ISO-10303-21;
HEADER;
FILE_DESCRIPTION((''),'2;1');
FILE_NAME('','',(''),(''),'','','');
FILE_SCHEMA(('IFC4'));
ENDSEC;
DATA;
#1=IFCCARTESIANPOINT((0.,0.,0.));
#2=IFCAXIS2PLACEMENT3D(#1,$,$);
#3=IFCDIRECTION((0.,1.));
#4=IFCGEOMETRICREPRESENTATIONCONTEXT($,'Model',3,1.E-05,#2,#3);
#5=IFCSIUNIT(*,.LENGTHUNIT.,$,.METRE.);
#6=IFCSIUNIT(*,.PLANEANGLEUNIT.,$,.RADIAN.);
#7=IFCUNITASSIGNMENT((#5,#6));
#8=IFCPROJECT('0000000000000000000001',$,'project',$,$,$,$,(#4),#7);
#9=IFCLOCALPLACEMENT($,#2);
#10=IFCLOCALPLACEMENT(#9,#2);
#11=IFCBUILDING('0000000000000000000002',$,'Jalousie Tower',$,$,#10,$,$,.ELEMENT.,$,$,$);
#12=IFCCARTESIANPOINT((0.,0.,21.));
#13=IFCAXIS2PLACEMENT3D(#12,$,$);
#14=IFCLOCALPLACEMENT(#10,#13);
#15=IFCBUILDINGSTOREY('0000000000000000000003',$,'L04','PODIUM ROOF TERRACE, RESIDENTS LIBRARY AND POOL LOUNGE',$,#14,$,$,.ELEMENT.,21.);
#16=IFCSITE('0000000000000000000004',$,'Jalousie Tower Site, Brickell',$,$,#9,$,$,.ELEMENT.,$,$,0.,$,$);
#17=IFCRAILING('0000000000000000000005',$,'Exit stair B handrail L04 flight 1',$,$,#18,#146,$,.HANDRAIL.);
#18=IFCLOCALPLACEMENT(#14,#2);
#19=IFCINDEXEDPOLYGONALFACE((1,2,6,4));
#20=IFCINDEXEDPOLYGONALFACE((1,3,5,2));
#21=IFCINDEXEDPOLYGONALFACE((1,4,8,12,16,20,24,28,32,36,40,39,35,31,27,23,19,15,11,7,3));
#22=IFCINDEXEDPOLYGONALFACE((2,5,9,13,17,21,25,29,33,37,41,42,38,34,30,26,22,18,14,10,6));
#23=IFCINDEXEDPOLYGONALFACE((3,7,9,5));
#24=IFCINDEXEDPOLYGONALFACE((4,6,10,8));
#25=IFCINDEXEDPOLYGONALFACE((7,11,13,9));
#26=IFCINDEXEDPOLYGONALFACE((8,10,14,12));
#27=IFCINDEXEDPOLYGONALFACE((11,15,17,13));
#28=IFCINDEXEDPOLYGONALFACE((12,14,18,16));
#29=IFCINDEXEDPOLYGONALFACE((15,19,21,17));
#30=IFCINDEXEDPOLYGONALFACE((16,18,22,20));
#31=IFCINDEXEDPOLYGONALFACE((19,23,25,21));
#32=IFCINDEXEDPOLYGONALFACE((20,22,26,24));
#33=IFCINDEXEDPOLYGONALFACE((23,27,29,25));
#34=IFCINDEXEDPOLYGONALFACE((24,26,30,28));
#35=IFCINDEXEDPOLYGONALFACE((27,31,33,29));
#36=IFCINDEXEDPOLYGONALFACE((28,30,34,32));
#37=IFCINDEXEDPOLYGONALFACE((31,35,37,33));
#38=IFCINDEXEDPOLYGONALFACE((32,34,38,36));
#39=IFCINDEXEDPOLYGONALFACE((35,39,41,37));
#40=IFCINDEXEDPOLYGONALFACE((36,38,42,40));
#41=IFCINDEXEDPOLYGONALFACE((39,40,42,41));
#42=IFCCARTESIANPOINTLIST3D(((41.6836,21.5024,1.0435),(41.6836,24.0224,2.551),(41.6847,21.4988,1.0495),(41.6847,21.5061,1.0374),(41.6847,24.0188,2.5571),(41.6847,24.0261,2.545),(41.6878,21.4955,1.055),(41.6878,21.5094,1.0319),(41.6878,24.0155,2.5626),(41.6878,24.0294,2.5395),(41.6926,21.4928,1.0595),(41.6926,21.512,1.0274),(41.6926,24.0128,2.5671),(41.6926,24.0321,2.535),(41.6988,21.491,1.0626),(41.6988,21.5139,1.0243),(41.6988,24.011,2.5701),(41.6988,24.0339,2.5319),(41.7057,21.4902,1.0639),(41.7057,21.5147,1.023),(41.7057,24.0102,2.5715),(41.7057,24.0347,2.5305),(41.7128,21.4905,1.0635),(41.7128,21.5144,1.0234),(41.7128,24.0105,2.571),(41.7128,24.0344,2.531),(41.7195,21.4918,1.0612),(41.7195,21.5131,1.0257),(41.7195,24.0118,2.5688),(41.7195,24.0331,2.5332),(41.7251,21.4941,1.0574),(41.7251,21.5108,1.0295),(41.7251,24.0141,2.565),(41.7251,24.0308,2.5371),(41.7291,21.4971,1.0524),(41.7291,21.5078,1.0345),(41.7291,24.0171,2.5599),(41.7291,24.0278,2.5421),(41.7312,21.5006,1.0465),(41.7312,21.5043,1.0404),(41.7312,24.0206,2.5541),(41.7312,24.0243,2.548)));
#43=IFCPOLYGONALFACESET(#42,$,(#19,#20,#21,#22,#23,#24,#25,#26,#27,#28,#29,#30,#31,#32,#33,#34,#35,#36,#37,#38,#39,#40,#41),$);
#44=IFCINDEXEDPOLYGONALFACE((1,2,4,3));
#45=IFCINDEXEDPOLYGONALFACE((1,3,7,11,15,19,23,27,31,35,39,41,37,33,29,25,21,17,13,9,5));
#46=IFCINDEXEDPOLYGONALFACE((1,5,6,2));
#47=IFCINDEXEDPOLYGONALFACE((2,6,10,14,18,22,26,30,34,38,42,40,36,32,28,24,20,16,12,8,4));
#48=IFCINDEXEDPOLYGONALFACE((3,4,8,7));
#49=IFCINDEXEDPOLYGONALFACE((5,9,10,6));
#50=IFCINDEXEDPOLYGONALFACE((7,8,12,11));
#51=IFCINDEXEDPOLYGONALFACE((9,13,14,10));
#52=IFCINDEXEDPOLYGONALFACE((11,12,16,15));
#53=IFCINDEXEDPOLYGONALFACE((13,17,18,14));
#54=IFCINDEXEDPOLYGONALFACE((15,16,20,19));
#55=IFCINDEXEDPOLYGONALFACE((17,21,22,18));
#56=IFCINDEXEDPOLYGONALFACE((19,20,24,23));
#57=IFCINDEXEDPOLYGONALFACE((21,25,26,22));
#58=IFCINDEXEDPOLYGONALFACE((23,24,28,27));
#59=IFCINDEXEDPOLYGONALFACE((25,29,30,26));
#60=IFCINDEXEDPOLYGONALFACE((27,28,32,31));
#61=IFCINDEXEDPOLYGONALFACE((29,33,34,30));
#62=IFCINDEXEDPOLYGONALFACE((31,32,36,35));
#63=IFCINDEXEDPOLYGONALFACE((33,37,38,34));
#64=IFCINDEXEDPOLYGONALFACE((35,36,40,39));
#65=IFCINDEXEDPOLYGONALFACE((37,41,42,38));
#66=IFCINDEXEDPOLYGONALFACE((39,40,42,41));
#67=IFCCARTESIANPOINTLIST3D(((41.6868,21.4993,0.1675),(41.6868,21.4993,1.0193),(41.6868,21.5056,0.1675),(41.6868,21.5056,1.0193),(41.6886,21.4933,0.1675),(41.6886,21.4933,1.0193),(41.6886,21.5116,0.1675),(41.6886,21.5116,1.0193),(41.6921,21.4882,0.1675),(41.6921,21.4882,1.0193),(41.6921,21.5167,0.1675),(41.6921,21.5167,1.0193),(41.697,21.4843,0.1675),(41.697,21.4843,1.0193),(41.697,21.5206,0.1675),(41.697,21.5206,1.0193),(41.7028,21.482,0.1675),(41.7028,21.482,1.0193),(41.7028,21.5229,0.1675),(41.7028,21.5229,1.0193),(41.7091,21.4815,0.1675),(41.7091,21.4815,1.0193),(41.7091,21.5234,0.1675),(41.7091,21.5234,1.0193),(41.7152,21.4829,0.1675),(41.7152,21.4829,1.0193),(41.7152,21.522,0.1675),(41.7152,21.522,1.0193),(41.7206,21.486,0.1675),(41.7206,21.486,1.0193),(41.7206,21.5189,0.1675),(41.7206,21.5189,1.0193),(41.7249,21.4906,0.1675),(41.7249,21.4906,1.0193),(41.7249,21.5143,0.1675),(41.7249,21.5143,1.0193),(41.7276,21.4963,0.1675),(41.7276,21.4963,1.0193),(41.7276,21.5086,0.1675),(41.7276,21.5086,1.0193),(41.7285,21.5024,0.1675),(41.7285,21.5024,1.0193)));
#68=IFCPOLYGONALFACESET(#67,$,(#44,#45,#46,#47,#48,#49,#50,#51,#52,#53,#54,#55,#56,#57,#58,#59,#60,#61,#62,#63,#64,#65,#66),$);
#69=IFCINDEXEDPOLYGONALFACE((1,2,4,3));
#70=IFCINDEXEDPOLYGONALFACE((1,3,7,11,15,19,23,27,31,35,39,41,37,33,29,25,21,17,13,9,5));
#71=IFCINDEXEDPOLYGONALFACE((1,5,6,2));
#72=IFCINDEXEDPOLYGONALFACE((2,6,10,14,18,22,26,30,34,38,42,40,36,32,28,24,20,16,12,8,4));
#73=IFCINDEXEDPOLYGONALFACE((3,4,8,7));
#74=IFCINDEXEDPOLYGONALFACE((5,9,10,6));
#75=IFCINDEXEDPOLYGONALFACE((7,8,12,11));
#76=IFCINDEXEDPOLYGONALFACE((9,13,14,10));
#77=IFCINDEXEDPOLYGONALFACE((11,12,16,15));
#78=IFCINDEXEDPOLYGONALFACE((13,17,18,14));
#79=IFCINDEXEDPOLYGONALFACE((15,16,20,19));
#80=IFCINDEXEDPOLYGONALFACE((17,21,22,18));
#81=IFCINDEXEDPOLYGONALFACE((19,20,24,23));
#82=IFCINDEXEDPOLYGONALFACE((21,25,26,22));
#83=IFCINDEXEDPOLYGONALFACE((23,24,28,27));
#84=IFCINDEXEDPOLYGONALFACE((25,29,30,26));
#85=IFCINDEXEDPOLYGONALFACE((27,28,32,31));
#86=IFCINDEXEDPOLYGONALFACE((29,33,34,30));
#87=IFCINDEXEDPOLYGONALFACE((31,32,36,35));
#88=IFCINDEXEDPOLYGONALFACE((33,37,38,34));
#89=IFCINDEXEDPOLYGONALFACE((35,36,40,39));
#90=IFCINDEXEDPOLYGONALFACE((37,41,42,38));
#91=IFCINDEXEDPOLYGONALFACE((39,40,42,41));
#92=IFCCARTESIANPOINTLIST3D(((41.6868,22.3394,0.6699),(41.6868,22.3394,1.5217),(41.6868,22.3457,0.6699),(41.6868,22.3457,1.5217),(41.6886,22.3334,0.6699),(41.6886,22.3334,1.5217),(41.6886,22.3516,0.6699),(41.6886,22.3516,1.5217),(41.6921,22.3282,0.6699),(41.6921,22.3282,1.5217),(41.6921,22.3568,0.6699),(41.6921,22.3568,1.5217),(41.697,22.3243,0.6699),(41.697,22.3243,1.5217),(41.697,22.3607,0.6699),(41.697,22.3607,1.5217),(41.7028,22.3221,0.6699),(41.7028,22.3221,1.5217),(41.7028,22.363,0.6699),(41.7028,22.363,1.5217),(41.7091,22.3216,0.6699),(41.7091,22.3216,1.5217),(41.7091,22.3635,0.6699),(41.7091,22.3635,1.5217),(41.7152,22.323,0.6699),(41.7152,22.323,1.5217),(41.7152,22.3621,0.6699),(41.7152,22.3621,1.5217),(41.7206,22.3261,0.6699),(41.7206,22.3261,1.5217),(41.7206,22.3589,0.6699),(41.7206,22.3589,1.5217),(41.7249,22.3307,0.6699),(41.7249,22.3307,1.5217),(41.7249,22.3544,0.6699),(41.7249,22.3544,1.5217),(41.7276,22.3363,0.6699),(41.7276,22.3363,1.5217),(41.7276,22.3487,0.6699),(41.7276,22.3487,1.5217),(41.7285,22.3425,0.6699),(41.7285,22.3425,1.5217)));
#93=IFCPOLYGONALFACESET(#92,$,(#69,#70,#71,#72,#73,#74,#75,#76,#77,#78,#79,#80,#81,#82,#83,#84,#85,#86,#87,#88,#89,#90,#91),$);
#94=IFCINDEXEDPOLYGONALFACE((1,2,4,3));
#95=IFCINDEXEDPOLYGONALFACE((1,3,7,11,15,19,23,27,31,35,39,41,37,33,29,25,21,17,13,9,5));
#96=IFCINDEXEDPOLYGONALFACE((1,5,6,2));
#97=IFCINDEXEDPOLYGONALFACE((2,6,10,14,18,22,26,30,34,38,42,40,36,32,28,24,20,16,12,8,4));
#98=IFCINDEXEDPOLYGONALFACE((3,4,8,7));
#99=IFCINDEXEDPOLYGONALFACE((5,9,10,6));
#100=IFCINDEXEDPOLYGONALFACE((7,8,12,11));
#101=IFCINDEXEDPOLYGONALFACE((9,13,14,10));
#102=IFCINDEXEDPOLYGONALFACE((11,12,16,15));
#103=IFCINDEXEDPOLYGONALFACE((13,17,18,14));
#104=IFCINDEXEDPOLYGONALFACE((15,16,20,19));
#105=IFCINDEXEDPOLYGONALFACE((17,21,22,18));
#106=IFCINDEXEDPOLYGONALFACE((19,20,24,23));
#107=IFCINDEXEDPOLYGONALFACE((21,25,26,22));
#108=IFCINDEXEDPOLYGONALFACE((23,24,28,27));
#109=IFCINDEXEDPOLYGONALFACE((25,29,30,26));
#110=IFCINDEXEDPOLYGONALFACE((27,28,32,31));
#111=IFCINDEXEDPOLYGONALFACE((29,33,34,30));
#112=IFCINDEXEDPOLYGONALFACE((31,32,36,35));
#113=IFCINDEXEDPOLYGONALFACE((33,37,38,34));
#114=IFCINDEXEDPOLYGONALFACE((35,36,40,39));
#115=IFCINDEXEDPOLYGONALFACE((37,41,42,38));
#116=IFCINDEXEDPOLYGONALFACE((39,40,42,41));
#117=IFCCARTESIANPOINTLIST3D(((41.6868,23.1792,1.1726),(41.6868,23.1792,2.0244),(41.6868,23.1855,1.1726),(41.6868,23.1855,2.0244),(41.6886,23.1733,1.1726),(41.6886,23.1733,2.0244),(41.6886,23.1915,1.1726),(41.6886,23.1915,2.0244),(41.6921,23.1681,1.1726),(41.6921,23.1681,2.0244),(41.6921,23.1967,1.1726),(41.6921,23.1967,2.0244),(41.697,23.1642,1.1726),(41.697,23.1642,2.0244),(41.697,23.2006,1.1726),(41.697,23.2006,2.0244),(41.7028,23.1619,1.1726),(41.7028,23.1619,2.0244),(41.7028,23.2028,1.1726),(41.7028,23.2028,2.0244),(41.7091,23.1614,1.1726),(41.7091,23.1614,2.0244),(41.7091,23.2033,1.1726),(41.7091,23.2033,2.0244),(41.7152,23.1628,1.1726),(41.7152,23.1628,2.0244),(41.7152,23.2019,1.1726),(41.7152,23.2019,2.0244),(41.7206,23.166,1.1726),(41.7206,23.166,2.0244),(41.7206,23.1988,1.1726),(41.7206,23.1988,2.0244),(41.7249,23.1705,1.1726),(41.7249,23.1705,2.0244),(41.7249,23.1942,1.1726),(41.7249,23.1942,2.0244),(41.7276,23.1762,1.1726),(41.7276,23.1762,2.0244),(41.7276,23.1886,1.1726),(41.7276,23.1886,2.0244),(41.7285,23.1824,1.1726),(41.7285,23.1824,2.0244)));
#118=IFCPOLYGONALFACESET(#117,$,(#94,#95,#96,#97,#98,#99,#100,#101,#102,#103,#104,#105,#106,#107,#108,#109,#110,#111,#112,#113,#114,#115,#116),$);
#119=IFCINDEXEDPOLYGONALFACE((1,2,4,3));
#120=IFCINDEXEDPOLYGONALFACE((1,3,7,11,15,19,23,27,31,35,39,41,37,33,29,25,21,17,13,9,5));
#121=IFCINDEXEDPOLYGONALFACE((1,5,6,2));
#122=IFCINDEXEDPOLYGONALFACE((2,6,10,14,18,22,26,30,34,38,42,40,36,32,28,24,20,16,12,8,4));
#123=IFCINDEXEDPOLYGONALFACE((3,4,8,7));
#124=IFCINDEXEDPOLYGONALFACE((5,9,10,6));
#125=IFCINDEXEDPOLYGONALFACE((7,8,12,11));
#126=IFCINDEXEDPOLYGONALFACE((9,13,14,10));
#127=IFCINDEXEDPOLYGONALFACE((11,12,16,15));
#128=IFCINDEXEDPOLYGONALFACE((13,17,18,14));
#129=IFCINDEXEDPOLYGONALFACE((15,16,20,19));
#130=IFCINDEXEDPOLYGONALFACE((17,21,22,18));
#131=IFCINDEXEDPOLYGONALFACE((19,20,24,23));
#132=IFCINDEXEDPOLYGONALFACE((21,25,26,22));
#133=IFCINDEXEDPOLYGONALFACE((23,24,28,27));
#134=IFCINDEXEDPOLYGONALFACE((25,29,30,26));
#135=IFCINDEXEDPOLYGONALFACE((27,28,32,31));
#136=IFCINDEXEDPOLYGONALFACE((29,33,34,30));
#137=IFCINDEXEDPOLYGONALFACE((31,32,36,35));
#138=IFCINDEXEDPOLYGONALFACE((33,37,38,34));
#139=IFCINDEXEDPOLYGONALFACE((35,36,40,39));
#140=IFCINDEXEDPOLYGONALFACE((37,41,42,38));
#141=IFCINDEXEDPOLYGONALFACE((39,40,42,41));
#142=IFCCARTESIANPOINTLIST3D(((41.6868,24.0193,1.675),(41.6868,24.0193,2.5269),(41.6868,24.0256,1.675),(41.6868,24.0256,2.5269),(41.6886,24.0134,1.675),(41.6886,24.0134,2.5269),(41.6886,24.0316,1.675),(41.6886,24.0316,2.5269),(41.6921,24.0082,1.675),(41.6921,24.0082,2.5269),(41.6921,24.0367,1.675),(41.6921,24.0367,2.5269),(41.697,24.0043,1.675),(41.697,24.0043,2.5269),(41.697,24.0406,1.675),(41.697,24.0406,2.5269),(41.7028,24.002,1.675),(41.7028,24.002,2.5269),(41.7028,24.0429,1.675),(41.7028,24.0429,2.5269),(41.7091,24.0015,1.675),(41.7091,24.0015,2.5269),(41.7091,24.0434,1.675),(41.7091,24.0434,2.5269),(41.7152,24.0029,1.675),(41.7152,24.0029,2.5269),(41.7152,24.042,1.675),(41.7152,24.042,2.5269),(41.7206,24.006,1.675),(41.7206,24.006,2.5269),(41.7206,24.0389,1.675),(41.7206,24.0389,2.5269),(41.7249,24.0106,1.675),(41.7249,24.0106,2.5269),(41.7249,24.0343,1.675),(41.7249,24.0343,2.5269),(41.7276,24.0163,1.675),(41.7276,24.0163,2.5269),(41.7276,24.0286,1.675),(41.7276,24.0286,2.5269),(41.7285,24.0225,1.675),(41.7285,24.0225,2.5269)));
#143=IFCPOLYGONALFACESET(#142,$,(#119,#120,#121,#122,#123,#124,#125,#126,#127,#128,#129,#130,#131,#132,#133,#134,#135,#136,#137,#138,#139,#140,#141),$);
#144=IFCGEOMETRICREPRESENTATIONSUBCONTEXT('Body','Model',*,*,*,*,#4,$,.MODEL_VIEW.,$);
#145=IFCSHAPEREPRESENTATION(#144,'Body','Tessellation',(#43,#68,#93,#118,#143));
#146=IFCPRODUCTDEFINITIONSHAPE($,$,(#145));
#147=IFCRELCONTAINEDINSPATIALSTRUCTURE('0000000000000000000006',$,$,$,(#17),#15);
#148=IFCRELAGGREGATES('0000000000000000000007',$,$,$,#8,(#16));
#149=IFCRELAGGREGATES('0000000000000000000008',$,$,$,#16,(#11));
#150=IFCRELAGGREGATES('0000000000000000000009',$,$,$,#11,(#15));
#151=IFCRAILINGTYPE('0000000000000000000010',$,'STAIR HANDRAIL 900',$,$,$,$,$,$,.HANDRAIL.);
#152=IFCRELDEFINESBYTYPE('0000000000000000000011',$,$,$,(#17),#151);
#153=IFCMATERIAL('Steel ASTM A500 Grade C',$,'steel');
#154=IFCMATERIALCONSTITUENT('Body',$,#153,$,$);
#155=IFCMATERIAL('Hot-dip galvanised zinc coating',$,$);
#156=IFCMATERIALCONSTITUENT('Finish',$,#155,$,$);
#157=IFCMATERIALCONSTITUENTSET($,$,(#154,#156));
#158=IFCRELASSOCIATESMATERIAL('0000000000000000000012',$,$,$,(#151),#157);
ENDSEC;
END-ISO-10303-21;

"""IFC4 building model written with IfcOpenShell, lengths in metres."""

from ifc_helpers import new_model, si_unit, direction, frame, origin, origin_2d, place, context, subcontext, project, spatial, circle, extrude, material, constituent, constituent_set, type_object, element, save


model = new_model("IFC4")

# Units and contexts
model_context = context("Model", 3, precision=1e-05, world=origin(), true_north=direction((0.0, 1.0)))
body_context = subcontext(model_context, "Body", "Model", "MODEL_VIEW")
ifc_project = project(units=[si_unit("LENGTHUNIT", "METRE"), si_unit("PLANEANGLEUNIT", "RADIAN")], contexts=[model_context])

# Site, building, storey
site_placement = place(None, origin())
site = spatial("IfcSite", under=ifc_project, at=site_placement, Name="Jalousie Tower Site, Brickell", CompositionType="ELEMENT", RefElevation=0.0)
building_placement = place(site_placement, origin())
building = spatial("IfcBuilding", under=site, at=building_placement, Name="Jalousie Tower", CompositionType="ELEMENT")
storey_placement = place(building_placement, frame((0.0, 0.0, 21.0)))
storey = spatial("IfcBuildingStorey", under=building, at=storey_placement, Name="L04", Description="PODIUM ROOF TERRACE, RESIDENTS LIBRARY AND POOL LOUNGE", CompositionType="ELEMENT", Elevation=21.0)

# Railing
ifc_material_1 = material(Name="Steel ASTM A500 Grade C", Category="steel")
ifc_constituent_1 = constituent(ifc_material_1, Name="Body")
ifc_material_2 = material(Name="Hot-dip galvanised zinc coating")
ifc_constituent_2 = constituent(ifc_material_2, Name="Finish")
ifc_constituent_set_1 = constituent_set(constituents=[ifc_constituent_1, ifc_constituent_2])
railing_type_1 = type_object("IfcRailingType", Name="STAIR HANDRAIL 900", PredefinedType="HANDRAIL", material=ifc_constituent_set_1)
railing_1_placement = place(storey_placement, frame((41.7075, 21.5024, 0.1675)))
element("IfcRailing", 1, at=railing_1_placement, inside=storey, type_object=railing_type_1, Name="Exit stair B handrail L04 flight 1", PredefinedType="HANDRAIL", context=body_context, shape_type="SweptSolid", body=[
    extrude(circle(Radius=0.0239, at=origin_2d()), frame((0.0, 0.0, 0.876), z_axis=(0.0, 0.85816, 0.513383), x_axis=(-1.0, 0.0, 0.0)), (0.0, 0.0, 1.0), 2.9365),
    extrude(circle(Radius=0.021, at=origin_2d()), origin(), (0.0, 0.0, 1.0), 0.8518),
    extrude(circle(Radius=0.021, at=origin_2d()), frame((0.0, 0.8401, 0.5024)), (0.0, 0.0, 1.0), 0.8518),
    extrude(circle(Radius=0.021, at=origin_2d()), frame((0.0, 1.6799, 1.0051)), (0.0, 0.0, 1.0), 0.8518),
    extrude(circle(Radius=0.021, at=origin_2d()), frame((0.0, 2.52, 1.5076)), (0.0, 0.0, 1.0), 0.8518),
])

save(model, "model.ifc")
